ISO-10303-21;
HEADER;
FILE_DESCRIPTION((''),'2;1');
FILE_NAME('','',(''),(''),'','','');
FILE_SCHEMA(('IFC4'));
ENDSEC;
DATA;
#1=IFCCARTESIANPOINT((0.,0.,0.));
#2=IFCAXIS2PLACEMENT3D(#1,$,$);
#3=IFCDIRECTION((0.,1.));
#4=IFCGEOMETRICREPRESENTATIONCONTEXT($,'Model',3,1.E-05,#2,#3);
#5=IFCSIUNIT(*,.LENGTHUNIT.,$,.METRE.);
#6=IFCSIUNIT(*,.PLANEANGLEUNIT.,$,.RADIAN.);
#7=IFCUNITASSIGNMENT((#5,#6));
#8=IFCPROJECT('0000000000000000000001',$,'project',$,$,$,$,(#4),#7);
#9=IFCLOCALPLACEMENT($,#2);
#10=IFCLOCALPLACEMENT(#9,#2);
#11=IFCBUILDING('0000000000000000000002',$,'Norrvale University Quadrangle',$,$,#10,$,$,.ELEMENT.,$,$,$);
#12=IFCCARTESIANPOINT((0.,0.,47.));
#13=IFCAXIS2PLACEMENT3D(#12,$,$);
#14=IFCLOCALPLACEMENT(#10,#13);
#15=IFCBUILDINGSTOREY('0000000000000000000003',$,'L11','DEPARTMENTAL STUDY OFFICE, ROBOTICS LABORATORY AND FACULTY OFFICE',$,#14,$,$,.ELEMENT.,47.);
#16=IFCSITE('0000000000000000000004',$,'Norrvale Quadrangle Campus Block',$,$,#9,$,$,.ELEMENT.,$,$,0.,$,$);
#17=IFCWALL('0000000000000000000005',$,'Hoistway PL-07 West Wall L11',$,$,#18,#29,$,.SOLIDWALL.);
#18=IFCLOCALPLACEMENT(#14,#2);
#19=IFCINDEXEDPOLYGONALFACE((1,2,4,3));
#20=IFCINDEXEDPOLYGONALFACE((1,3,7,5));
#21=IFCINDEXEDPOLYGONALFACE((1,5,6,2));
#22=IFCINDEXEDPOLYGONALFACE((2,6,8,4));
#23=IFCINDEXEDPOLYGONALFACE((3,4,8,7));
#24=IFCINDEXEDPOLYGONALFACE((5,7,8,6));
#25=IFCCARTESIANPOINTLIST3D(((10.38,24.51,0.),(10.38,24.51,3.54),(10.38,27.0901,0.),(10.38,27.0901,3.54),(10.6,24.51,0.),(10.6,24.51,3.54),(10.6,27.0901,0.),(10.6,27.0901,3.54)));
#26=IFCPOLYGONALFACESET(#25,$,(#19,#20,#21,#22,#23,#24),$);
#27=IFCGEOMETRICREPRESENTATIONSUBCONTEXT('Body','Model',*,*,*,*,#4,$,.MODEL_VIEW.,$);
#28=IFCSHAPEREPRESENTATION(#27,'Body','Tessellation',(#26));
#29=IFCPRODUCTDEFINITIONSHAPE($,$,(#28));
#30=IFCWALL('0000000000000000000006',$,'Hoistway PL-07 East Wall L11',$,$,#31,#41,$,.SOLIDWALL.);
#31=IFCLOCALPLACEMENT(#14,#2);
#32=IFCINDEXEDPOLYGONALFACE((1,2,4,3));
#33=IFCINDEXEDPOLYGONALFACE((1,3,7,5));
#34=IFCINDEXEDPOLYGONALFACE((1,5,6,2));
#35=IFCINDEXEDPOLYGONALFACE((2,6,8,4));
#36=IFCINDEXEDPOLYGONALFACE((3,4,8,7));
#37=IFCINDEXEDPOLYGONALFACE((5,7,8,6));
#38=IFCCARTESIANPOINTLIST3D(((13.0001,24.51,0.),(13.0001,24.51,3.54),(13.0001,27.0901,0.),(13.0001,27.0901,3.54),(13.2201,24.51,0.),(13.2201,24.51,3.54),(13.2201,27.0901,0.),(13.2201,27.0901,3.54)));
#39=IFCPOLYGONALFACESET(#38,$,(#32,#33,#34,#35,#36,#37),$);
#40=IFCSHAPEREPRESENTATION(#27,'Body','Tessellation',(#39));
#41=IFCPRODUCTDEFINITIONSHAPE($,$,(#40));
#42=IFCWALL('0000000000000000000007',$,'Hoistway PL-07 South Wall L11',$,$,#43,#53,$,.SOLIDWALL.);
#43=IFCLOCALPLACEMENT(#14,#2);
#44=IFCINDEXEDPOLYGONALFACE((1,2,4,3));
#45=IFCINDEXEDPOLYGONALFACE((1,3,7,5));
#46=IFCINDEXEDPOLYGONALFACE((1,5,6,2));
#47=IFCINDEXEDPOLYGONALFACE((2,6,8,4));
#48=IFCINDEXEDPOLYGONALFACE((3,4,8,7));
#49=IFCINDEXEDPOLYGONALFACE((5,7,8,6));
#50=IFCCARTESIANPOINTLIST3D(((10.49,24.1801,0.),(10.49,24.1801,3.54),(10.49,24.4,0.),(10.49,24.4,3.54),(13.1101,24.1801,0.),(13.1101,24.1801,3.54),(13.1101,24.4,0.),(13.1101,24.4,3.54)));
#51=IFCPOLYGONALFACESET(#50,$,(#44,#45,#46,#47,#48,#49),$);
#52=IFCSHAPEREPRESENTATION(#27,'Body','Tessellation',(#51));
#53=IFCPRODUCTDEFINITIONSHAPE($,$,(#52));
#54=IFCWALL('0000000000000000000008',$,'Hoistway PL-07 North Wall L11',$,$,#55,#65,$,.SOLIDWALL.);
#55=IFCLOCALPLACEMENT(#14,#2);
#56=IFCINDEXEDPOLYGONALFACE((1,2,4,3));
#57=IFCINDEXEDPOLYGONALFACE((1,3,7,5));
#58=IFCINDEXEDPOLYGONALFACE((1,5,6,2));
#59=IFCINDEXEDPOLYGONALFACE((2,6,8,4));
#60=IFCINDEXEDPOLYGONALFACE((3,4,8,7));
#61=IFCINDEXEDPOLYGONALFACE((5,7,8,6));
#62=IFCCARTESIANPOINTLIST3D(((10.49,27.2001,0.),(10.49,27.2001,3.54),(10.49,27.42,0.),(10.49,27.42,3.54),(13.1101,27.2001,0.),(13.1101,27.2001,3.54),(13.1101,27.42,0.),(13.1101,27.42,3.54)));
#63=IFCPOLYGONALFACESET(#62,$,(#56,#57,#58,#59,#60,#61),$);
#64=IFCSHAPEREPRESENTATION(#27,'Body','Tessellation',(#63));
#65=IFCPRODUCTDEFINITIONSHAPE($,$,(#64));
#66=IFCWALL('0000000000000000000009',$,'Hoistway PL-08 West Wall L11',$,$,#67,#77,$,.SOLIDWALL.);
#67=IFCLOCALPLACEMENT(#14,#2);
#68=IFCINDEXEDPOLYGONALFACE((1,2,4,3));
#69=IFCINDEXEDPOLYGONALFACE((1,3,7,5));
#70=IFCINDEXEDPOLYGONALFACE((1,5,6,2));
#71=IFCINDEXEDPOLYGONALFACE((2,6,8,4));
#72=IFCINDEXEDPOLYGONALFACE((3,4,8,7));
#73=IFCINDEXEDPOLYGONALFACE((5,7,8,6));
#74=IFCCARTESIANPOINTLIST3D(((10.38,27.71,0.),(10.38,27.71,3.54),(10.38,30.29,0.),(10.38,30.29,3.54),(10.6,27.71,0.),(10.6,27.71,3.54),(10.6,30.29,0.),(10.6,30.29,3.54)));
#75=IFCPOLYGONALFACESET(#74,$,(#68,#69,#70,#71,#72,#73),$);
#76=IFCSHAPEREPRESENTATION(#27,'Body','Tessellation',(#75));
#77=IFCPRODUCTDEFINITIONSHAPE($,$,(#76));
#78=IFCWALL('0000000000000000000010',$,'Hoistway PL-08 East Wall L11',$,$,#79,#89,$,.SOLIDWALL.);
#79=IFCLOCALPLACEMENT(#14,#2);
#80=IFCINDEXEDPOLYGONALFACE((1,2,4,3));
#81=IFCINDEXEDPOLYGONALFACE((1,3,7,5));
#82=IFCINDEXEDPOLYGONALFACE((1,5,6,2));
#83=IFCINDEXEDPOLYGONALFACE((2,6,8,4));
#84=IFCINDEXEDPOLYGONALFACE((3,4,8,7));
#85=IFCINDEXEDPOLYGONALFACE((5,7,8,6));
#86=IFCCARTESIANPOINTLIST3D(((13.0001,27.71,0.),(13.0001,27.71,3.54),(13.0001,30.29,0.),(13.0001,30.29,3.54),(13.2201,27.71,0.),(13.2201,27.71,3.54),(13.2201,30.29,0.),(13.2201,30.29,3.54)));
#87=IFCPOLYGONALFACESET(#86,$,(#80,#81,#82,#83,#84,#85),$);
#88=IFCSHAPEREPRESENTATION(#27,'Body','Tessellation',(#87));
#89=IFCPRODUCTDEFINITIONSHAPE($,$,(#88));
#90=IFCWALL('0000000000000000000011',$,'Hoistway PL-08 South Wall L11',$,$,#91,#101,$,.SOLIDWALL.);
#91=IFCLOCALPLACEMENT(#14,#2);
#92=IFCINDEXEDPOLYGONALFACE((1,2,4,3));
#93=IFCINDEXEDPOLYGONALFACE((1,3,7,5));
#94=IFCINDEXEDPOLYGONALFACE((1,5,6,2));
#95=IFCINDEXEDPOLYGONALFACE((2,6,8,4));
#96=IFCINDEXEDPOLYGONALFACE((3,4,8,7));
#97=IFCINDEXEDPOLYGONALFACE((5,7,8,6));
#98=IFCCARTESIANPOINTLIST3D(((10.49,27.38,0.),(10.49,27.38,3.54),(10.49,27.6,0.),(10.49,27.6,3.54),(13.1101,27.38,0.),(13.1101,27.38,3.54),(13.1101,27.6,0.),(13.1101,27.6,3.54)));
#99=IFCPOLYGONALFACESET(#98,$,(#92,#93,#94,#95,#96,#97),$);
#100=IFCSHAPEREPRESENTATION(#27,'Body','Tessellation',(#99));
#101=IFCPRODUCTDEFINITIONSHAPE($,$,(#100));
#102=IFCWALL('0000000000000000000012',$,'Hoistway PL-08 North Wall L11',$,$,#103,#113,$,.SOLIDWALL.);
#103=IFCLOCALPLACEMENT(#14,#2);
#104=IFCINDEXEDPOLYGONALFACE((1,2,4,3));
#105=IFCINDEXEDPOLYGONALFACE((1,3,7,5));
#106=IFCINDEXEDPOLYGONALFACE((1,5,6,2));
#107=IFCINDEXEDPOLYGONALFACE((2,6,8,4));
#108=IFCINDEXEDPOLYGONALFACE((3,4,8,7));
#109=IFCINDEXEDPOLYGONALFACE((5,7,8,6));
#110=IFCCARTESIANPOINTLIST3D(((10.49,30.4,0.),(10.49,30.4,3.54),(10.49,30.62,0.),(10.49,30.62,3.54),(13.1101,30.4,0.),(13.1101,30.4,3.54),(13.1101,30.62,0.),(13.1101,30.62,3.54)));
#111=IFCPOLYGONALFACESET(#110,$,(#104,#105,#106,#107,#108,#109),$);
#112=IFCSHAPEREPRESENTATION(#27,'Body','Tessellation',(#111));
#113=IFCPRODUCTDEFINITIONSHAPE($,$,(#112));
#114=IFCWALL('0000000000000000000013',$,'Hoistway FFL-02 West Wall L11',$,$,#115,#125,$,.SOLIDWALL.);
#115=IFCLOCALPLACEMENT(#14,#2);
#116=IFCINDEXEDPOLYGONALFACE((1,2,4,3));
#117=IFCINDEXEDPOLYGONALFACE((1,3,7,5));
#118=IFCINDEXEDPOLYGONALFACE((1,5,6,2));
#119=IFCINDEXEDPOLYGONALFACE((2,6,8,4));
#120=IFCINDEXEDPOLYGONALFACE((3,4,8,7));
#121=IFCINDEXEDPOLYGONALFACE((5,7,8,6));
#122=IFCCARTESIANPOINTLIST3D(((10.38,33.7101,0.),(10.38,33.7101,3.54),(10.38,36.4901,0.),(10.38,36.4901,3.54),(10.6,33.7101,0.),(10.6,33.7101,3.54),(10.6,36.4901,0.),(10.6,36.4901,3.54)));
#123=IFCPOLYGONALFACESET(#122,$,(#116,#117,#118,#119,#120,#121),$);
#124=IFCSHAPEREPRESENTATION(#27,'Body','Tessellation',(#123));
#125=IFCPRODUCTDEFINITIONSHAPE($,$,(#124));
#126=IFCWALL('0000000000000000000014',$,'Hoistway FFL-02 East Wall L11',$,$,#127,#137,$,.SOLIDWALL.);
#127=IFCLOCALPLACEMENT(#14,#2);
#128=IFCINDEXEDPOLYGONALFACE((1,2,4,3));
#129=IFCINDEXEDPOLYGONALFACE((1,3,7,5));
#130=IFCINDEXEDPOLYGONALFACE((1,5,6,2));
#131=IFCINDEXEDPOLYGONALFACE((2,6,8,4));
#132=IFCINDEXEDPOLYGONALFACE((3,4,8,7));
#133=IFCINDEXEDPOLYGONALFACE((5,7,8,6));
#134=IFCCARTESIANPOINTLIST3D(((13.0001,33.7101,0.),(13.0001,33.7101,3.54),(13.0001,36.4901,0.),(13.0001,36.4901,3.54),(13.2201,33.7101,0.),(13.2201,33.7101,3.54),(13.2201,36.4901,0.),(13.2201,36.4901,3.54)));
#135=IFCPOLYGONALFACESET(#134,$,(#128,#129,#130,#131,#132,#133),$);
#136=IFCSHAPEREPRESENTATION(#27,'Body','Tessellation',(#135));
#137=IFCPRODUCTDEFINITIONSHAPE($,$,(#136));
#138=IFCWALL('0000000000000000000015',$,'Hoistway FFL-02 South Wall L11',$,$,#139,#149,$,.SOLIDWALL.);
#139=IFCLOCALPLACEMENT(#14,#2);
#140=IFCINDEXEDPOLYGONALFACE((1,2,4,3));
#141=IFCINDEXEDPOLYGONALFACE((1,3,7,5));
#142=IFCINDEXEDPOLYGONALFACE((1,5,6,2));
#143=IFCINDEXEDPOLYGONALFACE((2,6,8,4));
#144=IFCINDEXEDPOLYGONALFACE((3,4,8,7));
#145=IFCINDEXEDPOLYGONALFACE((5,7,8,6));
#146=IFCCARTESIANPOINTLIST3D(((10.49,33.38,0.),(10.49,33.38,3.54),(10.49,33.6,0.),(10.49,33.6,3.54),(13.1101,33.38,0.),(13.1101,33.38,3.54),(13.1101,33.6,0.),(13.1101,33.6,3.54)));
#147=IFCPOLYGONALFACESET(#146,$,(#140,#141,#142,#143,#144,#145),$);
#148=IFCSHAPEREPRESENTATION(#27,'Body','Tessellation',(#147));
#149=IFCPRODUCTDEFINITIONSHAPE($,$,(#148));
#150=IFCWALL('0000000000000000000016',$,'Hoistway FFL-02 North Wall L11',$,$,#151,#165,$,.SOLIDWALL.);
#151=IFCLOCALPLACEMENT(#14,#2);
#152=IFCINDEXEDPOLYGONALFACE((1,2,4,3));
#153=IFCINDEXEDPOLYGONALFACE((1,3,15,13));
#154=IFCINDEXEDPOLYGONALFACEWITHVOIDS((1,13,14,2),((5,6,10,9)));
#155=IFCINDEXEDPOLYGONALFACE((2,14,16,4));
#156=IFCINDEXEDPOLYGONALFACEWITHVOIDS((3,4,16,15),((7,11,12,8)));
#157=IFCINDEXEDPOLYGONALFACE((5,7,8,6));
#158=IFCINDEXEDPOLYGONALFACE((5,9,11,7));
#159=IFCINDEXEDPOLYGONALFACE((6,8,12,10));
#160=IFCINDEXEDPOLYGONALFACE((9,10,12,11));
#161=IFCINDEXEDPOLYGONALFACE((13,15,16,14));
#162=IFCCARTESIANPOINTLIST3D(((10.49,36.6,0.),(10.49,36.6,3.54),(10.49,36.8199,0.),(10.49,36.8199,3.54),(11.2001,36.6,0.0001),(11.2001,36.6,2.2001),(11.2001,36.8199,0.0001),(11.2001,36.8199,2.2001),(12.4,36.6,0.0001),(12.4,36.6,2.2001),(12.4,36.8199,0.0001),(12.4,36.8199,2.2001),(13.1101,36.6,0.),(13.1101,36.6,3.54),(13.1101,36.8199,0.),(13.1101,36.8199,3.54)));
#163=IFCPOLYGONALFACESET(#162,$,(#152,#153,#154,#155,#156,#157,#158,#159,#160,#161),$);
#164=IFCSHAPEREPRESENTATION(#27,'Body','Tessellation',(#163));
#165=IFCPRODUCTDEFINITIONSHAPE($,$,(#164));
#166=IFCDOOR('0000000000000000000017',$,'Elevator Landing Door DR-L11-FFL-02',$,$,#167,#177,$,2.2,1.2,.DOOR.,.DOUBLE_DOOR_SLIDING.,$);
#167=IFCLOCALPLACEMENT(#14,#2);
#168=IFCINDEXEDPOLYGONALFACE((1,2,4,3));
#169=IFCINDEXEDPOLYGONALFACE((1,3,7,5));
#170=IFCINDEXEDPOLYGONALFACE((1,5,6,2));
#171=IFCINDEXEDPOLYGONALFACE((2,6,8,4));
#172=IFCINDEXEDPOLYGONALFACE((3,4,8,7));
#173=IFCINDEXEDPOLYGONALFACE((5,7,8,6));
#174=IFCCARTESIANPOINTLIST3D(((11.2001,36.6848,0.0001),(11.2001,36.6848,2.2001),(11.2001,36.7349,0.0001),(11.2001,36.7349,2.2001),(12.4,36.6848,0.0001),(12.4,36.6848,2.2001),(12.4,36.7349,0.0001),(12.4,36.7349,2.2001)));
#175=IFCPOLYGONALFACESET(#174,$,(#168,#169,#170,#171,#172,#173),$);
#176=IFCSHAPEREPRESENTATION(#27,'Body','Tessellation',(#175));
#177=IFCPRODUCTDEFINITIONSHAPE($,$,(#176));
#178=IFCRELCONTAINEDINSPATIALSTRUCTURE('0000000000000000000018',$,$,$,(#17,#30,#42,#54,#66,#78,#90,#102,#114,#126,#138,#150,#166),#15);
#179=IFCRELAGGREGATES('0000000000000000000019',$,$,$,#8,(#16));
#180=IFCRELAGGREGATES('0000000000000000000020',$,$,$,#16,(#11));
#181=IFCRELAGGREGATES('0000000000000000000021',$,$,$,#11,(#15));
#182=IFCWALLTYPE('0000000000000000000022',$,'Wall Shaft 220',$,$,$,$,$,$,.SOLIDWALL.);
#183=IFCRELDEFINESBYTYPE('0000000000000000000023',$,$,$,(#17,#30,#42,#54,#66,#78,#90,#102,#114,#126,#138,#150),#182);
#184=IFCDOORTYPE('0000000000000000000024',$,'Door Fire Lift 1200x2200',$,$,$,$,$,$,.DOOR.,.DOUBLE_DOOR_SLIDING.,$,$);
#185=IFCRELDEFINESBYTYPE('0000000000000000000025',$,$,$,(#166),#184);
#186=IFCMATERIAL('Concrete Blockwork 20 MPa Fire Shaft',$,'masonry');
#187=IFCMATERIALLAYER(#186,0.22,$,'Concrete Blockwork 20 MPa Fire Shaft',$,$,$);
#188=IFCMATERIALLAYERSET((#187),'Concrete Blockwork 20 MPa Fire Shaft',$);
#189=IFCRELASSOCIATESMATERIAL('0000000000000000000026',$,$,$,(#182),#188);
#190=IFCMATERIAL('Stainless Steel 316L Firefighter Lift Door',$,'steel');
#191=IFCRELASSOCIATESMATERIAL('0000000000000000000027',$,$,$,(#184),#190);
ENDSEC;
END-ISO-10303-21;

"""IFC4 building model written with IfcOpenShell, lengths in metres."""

from ifc_helpers import new_model, si_unit, direction, frame, frame_2d, origin, place, context, subcontext, project, spatial, rectangle, extrude, material, layer, layer_set, type_object, element, fill, save


model = new_model("IFC4")

# Units and contexts
model_context = context("Model", 3, precision=1e-05, world=origin(), true_north=direction((0.0, 1.0)))
body_context = subcontext(model_context, "Body", "Model", "MODEL_VIEW")
ifc_project = project(units=[si_unit("LENGTHUNIT", "METRE"), si_unit("PLANEANGLEUNIT", "RADIAN")], contexts=[model_context])

# Site, building, storey
site_placement = place(None, origin())
site = spatial("IfcSite", under=ifc_project, at=site_placement, Name="Norrvale Quadrangle Campus Block", CompositionType="ELEMENT", RefElevation=0.0)
building_placement = place(site_placement, origin())
building = spatial("IfcBuilding", under=site, at=building_placement, Name="Norrvale University Quadrangle", CompositionType="ELEMENT")
storey_placement = place(building_placement, frame((0.0, 0.0, 47.0)))
storey = spatial("IfcBuildingStorey", under=building, at=storey_placement, Name="L11", Description="DEPARTMENTAL STUDY OFFICE, ROBOTICS LABORATORY AND FACULTY OFFICE", CompositionType="ELEMENT", Elevation=47.0)

# Walls
ifc_material_1 = material(Name="Concrete Blockwork 20 MPa Fire Shaft", Category="masonry")
ifc_layer_1 = layer(ifc_material_1, 0.22, Name="Concrete Blockwork 20 MPa Fire Shaft")
ifc_layer_set_1 = layer_set([ifc_layer_1], Name="Concrete Blockwork 20 MPa Fire Shaft")
wall_type_1 = type_object("IfcWallType", Name="Wall Shaft 220", PredefinedType="SOLIDWALL", material=ifc_layer_set_1)
for number, where, z_axis, x_axis, name in (
    (1, (10.49, 24.51, 0.0), (0.0, 0.0, 1.0), (0.0, 1.0, 0.0), "Hoistway PL-07 West Wall L11"),
    (2, (13.1101, 24.51, 0.0), (0.0, 0.0, 1.0), (0.0, 1.0, 0.0), "Hoistway PL-07 East Wall L11"),
):
    element("IfcWall", number, at=place(storey_placement, frame(where, z_axis=z_axis, x_axis=x_axis)), inside=storey, type_object=wall_type_1, Name=name, PredefinedType="SOLIDWALL", context=body_context, shape_type="SweptSolid", body=[
        extrude(rectangle(XDim=2.5801, YDim=0.22, at=frame_2d((1.29, 0.0))), origin(), (0.0, 0.0, 1.0), 3.54),
    ])
for number, where, z_axis, x_axis, name in (
    (3, (10.49, 24.29, 0.0), (0.0, 0.0, 1.0), (1.0, 0.0, 0.0), "Hoistway PL-07 South Wall L11"),
    (4, (10.49, 27.3101, 0.0), (0.0, 0.0, 1.0), (1.0, 0.0, 0.0), "Hoistway PL-07 North Wall L11"),
):
    element("IfcWall", number, at=place(storey_placement, frame(where, z_axis=z_axis, x_axis=x_axis)), inside=storey, type_object=wall_type_1, Name=name, PredefinedType="SOLIDWALL", context=body_context, shape_type="SweptSolid", body=[
        extrude(rectangle(XDim=2.6201, YDim=0.22, at=frame_2d((1.3101, 0.0))), origin(), (0.0, 0.0, 1.0), 3.54),
    ])
for number, where, z_axis, x_axis, name in (
    (5, (10.49, 27.71, 0.0), (0.0, 0.0, 1.0), (0.0, 1.0, 0.0), "Hoistway PL-08 West Wall L11"),
    (6, (13.1101, 27.71, 0.0), (0.0, 0.0, 1.0), (0.0, 1.0, 0.0), "Hoistway PL-08 East Wall L11"),
):
    element("IfcWall", number, at=place(storey_placement, frame(where, z_axis=z_axis, x_axis=x_axis)), inside=storey, type_object=wall_type_1, Name=name, PredefinedType="SOLIDWALL", context=body_context, shape_type="SweptSolid", body=[
        extrude(rectangle(XDim=2.5801, YDim=0.22, at=frame_2d((1.29, 0.0))), origin(), (0.0, 0.0, 1.0), 3.54),
    ])
for number, where, z_axis, x_axis, name in (
    (7, (10.49, 27.49, 0.0), (0.0, 0.0, 1.0), (1.0, 0.0, 0.0), "Hoistway PL-08 South Wall L11"),
    (8, (10.49, 30.51, 0.0), (0.0, 0.0, 1.0), (1.0, 0.0, 0.0), "Hoistway PL-08 North Wall L11"),
):
    element("IfcWall", number, at=place(storey_placement, frame(where, z_axis=z_axis, x_axis=x_axis)), inside=storey, type_object=wall_type_1, Name=name, PredefinedType="SOLIDWALL", context=body_context, shape_type="SweptSolid", body=[
        extrude(rectangle(XDim=2.6201, YDim=0.22, at=frame_2d((1.3101, 0.0))), origin(), (0.0, 0.0, 1.0), 3.54),
    ])
for number, where, z_axis, x_axis, name in (
    (9, (10.49, 33.71, 0.0), (0.0, 0.0, 1.0), (0.0, 1.0, 0.0), "Hoistway FFL-02 West Wall L11"),
    (10, (13.1101, 33.71, 0.0), (0.0, 0.0, 1.0), (0.0, 1.0, 0.0), "Hoistway FFL-02 East Wall L11"),
):
    element("IfcWall", number, at=place(storey_placement, frame(where, z_axis=z_axis, x_axis=x_axis)), inside=storey, type_object=wall_type_1, Name=name, PredefinedType="SOLIDWALL", context=body_context, shape_type="SweptSolid", body=[
        extrude(rectangle(XDim=2.78, YDim=0.22, at=frame_2d((1.3901, 0.0))), origin(), (0.0, 0.0, 1.0), 3.54),
    ])
wall_1_placement = place(storey_placement, frame((10.49, 33.49, 0.0), z_axis=(0.0, 0.0, 1.0), x_axis=(1.0, 0.0, 0.0)))
element("IfcWall", 11, at=wall_1_placement, inside=storey, type_object=wall_type_1, Name="Hoistway FFL-02 South Wall L11", PredefinedType="SOLIDWALL", context=body_context, shape_type="SweptSolid", body=[
    extrude(rectangle(XDim=2.6201, YDim=0.22, at=frame_2d((1.3101, 0.0))), origin(), (0.0, 0.0, 1.0), 3.54),
])

# Wall, opening, door
wall_2_placement = place(storey_placement, frame((10.49, 36.71, 0.0), z_axis=(0.0, 0.0, 1.0), x_axis=(1.0, 0.0, 0.0)))
wall_2 = element("IfcWall", 12, at=wall_2_placement, inside=storey, type_object=wall_type_1, Name="Hoistway FFL-02 North Wall L11", PredefinedType="SOLIDWALL", context=body_context, shape_type="SweptSolid", body=[
    extrude(rectangle(XDim=2.6201, YDim=0.22, at=frame_2d((1.3101, 0.0))), origin(), (0.0, 0.0, 1.0), 3.54),
])
opening_1_placement = place(wall_2_placement, frame((0.71, 0.0, 0.0)))
opening_1 = element("IfcOpeningElement", 13, at=opening_1_placement, cuts=wall_2, PredefinedType="OPENING", context=body_context, shape_type="SweptSolid", body=[
    extrude(rectangle(XDim=1.2, YDim=2.2, at=frame_2d((0.6001, 1.1001))), frame((0.0, 0.1221, 0.0), z_axis=(0.0, -1.0, 0.0), x_axis=(1.0, 0.0, 0.0)), (0.0, 0.0, 1.0), 0.2439),
])
ifc_material_2 = material(Name="Stainless Steel 316L Firefighter Lift Door", Category="steel")
door_type_1 = type_object("IfcDoorType", Name="Door Fire Lift 1200x2200", OperationType="DOUBLE_DOOR_SLIDING", PredefinedType="DOOR", material=ifc_material_2)
door_1_placement = place(opening_1_placement, origin())
door_1 = element("IfcDoor", 14, at=door_1_placement, inside=storey, type_object=door_type_1, Name="Elevator Landing Door DR-L11-FFL-02", OperationType="DOUBLE_DOOR_SLIDING", OverallHeight=2.2, OverallWidth=1.2, PredefinedType="DOOR", context=body_context, shape_type="SweptSolid", body=[
    extrude(rectangle(XDim=1.2, YDim=2.2, at=frame_2d((0.6001, 1.1001))), frame((0.0, 0.0249, 0.0), z_axis=(0.0, -1.0, 0.0), x_axis=(1.0, 0.0, 0.0)), (0.0, 0.0, 1.0), 0.05),
])
fill(opening_1, door_1)

save(model, "model.ifc")
